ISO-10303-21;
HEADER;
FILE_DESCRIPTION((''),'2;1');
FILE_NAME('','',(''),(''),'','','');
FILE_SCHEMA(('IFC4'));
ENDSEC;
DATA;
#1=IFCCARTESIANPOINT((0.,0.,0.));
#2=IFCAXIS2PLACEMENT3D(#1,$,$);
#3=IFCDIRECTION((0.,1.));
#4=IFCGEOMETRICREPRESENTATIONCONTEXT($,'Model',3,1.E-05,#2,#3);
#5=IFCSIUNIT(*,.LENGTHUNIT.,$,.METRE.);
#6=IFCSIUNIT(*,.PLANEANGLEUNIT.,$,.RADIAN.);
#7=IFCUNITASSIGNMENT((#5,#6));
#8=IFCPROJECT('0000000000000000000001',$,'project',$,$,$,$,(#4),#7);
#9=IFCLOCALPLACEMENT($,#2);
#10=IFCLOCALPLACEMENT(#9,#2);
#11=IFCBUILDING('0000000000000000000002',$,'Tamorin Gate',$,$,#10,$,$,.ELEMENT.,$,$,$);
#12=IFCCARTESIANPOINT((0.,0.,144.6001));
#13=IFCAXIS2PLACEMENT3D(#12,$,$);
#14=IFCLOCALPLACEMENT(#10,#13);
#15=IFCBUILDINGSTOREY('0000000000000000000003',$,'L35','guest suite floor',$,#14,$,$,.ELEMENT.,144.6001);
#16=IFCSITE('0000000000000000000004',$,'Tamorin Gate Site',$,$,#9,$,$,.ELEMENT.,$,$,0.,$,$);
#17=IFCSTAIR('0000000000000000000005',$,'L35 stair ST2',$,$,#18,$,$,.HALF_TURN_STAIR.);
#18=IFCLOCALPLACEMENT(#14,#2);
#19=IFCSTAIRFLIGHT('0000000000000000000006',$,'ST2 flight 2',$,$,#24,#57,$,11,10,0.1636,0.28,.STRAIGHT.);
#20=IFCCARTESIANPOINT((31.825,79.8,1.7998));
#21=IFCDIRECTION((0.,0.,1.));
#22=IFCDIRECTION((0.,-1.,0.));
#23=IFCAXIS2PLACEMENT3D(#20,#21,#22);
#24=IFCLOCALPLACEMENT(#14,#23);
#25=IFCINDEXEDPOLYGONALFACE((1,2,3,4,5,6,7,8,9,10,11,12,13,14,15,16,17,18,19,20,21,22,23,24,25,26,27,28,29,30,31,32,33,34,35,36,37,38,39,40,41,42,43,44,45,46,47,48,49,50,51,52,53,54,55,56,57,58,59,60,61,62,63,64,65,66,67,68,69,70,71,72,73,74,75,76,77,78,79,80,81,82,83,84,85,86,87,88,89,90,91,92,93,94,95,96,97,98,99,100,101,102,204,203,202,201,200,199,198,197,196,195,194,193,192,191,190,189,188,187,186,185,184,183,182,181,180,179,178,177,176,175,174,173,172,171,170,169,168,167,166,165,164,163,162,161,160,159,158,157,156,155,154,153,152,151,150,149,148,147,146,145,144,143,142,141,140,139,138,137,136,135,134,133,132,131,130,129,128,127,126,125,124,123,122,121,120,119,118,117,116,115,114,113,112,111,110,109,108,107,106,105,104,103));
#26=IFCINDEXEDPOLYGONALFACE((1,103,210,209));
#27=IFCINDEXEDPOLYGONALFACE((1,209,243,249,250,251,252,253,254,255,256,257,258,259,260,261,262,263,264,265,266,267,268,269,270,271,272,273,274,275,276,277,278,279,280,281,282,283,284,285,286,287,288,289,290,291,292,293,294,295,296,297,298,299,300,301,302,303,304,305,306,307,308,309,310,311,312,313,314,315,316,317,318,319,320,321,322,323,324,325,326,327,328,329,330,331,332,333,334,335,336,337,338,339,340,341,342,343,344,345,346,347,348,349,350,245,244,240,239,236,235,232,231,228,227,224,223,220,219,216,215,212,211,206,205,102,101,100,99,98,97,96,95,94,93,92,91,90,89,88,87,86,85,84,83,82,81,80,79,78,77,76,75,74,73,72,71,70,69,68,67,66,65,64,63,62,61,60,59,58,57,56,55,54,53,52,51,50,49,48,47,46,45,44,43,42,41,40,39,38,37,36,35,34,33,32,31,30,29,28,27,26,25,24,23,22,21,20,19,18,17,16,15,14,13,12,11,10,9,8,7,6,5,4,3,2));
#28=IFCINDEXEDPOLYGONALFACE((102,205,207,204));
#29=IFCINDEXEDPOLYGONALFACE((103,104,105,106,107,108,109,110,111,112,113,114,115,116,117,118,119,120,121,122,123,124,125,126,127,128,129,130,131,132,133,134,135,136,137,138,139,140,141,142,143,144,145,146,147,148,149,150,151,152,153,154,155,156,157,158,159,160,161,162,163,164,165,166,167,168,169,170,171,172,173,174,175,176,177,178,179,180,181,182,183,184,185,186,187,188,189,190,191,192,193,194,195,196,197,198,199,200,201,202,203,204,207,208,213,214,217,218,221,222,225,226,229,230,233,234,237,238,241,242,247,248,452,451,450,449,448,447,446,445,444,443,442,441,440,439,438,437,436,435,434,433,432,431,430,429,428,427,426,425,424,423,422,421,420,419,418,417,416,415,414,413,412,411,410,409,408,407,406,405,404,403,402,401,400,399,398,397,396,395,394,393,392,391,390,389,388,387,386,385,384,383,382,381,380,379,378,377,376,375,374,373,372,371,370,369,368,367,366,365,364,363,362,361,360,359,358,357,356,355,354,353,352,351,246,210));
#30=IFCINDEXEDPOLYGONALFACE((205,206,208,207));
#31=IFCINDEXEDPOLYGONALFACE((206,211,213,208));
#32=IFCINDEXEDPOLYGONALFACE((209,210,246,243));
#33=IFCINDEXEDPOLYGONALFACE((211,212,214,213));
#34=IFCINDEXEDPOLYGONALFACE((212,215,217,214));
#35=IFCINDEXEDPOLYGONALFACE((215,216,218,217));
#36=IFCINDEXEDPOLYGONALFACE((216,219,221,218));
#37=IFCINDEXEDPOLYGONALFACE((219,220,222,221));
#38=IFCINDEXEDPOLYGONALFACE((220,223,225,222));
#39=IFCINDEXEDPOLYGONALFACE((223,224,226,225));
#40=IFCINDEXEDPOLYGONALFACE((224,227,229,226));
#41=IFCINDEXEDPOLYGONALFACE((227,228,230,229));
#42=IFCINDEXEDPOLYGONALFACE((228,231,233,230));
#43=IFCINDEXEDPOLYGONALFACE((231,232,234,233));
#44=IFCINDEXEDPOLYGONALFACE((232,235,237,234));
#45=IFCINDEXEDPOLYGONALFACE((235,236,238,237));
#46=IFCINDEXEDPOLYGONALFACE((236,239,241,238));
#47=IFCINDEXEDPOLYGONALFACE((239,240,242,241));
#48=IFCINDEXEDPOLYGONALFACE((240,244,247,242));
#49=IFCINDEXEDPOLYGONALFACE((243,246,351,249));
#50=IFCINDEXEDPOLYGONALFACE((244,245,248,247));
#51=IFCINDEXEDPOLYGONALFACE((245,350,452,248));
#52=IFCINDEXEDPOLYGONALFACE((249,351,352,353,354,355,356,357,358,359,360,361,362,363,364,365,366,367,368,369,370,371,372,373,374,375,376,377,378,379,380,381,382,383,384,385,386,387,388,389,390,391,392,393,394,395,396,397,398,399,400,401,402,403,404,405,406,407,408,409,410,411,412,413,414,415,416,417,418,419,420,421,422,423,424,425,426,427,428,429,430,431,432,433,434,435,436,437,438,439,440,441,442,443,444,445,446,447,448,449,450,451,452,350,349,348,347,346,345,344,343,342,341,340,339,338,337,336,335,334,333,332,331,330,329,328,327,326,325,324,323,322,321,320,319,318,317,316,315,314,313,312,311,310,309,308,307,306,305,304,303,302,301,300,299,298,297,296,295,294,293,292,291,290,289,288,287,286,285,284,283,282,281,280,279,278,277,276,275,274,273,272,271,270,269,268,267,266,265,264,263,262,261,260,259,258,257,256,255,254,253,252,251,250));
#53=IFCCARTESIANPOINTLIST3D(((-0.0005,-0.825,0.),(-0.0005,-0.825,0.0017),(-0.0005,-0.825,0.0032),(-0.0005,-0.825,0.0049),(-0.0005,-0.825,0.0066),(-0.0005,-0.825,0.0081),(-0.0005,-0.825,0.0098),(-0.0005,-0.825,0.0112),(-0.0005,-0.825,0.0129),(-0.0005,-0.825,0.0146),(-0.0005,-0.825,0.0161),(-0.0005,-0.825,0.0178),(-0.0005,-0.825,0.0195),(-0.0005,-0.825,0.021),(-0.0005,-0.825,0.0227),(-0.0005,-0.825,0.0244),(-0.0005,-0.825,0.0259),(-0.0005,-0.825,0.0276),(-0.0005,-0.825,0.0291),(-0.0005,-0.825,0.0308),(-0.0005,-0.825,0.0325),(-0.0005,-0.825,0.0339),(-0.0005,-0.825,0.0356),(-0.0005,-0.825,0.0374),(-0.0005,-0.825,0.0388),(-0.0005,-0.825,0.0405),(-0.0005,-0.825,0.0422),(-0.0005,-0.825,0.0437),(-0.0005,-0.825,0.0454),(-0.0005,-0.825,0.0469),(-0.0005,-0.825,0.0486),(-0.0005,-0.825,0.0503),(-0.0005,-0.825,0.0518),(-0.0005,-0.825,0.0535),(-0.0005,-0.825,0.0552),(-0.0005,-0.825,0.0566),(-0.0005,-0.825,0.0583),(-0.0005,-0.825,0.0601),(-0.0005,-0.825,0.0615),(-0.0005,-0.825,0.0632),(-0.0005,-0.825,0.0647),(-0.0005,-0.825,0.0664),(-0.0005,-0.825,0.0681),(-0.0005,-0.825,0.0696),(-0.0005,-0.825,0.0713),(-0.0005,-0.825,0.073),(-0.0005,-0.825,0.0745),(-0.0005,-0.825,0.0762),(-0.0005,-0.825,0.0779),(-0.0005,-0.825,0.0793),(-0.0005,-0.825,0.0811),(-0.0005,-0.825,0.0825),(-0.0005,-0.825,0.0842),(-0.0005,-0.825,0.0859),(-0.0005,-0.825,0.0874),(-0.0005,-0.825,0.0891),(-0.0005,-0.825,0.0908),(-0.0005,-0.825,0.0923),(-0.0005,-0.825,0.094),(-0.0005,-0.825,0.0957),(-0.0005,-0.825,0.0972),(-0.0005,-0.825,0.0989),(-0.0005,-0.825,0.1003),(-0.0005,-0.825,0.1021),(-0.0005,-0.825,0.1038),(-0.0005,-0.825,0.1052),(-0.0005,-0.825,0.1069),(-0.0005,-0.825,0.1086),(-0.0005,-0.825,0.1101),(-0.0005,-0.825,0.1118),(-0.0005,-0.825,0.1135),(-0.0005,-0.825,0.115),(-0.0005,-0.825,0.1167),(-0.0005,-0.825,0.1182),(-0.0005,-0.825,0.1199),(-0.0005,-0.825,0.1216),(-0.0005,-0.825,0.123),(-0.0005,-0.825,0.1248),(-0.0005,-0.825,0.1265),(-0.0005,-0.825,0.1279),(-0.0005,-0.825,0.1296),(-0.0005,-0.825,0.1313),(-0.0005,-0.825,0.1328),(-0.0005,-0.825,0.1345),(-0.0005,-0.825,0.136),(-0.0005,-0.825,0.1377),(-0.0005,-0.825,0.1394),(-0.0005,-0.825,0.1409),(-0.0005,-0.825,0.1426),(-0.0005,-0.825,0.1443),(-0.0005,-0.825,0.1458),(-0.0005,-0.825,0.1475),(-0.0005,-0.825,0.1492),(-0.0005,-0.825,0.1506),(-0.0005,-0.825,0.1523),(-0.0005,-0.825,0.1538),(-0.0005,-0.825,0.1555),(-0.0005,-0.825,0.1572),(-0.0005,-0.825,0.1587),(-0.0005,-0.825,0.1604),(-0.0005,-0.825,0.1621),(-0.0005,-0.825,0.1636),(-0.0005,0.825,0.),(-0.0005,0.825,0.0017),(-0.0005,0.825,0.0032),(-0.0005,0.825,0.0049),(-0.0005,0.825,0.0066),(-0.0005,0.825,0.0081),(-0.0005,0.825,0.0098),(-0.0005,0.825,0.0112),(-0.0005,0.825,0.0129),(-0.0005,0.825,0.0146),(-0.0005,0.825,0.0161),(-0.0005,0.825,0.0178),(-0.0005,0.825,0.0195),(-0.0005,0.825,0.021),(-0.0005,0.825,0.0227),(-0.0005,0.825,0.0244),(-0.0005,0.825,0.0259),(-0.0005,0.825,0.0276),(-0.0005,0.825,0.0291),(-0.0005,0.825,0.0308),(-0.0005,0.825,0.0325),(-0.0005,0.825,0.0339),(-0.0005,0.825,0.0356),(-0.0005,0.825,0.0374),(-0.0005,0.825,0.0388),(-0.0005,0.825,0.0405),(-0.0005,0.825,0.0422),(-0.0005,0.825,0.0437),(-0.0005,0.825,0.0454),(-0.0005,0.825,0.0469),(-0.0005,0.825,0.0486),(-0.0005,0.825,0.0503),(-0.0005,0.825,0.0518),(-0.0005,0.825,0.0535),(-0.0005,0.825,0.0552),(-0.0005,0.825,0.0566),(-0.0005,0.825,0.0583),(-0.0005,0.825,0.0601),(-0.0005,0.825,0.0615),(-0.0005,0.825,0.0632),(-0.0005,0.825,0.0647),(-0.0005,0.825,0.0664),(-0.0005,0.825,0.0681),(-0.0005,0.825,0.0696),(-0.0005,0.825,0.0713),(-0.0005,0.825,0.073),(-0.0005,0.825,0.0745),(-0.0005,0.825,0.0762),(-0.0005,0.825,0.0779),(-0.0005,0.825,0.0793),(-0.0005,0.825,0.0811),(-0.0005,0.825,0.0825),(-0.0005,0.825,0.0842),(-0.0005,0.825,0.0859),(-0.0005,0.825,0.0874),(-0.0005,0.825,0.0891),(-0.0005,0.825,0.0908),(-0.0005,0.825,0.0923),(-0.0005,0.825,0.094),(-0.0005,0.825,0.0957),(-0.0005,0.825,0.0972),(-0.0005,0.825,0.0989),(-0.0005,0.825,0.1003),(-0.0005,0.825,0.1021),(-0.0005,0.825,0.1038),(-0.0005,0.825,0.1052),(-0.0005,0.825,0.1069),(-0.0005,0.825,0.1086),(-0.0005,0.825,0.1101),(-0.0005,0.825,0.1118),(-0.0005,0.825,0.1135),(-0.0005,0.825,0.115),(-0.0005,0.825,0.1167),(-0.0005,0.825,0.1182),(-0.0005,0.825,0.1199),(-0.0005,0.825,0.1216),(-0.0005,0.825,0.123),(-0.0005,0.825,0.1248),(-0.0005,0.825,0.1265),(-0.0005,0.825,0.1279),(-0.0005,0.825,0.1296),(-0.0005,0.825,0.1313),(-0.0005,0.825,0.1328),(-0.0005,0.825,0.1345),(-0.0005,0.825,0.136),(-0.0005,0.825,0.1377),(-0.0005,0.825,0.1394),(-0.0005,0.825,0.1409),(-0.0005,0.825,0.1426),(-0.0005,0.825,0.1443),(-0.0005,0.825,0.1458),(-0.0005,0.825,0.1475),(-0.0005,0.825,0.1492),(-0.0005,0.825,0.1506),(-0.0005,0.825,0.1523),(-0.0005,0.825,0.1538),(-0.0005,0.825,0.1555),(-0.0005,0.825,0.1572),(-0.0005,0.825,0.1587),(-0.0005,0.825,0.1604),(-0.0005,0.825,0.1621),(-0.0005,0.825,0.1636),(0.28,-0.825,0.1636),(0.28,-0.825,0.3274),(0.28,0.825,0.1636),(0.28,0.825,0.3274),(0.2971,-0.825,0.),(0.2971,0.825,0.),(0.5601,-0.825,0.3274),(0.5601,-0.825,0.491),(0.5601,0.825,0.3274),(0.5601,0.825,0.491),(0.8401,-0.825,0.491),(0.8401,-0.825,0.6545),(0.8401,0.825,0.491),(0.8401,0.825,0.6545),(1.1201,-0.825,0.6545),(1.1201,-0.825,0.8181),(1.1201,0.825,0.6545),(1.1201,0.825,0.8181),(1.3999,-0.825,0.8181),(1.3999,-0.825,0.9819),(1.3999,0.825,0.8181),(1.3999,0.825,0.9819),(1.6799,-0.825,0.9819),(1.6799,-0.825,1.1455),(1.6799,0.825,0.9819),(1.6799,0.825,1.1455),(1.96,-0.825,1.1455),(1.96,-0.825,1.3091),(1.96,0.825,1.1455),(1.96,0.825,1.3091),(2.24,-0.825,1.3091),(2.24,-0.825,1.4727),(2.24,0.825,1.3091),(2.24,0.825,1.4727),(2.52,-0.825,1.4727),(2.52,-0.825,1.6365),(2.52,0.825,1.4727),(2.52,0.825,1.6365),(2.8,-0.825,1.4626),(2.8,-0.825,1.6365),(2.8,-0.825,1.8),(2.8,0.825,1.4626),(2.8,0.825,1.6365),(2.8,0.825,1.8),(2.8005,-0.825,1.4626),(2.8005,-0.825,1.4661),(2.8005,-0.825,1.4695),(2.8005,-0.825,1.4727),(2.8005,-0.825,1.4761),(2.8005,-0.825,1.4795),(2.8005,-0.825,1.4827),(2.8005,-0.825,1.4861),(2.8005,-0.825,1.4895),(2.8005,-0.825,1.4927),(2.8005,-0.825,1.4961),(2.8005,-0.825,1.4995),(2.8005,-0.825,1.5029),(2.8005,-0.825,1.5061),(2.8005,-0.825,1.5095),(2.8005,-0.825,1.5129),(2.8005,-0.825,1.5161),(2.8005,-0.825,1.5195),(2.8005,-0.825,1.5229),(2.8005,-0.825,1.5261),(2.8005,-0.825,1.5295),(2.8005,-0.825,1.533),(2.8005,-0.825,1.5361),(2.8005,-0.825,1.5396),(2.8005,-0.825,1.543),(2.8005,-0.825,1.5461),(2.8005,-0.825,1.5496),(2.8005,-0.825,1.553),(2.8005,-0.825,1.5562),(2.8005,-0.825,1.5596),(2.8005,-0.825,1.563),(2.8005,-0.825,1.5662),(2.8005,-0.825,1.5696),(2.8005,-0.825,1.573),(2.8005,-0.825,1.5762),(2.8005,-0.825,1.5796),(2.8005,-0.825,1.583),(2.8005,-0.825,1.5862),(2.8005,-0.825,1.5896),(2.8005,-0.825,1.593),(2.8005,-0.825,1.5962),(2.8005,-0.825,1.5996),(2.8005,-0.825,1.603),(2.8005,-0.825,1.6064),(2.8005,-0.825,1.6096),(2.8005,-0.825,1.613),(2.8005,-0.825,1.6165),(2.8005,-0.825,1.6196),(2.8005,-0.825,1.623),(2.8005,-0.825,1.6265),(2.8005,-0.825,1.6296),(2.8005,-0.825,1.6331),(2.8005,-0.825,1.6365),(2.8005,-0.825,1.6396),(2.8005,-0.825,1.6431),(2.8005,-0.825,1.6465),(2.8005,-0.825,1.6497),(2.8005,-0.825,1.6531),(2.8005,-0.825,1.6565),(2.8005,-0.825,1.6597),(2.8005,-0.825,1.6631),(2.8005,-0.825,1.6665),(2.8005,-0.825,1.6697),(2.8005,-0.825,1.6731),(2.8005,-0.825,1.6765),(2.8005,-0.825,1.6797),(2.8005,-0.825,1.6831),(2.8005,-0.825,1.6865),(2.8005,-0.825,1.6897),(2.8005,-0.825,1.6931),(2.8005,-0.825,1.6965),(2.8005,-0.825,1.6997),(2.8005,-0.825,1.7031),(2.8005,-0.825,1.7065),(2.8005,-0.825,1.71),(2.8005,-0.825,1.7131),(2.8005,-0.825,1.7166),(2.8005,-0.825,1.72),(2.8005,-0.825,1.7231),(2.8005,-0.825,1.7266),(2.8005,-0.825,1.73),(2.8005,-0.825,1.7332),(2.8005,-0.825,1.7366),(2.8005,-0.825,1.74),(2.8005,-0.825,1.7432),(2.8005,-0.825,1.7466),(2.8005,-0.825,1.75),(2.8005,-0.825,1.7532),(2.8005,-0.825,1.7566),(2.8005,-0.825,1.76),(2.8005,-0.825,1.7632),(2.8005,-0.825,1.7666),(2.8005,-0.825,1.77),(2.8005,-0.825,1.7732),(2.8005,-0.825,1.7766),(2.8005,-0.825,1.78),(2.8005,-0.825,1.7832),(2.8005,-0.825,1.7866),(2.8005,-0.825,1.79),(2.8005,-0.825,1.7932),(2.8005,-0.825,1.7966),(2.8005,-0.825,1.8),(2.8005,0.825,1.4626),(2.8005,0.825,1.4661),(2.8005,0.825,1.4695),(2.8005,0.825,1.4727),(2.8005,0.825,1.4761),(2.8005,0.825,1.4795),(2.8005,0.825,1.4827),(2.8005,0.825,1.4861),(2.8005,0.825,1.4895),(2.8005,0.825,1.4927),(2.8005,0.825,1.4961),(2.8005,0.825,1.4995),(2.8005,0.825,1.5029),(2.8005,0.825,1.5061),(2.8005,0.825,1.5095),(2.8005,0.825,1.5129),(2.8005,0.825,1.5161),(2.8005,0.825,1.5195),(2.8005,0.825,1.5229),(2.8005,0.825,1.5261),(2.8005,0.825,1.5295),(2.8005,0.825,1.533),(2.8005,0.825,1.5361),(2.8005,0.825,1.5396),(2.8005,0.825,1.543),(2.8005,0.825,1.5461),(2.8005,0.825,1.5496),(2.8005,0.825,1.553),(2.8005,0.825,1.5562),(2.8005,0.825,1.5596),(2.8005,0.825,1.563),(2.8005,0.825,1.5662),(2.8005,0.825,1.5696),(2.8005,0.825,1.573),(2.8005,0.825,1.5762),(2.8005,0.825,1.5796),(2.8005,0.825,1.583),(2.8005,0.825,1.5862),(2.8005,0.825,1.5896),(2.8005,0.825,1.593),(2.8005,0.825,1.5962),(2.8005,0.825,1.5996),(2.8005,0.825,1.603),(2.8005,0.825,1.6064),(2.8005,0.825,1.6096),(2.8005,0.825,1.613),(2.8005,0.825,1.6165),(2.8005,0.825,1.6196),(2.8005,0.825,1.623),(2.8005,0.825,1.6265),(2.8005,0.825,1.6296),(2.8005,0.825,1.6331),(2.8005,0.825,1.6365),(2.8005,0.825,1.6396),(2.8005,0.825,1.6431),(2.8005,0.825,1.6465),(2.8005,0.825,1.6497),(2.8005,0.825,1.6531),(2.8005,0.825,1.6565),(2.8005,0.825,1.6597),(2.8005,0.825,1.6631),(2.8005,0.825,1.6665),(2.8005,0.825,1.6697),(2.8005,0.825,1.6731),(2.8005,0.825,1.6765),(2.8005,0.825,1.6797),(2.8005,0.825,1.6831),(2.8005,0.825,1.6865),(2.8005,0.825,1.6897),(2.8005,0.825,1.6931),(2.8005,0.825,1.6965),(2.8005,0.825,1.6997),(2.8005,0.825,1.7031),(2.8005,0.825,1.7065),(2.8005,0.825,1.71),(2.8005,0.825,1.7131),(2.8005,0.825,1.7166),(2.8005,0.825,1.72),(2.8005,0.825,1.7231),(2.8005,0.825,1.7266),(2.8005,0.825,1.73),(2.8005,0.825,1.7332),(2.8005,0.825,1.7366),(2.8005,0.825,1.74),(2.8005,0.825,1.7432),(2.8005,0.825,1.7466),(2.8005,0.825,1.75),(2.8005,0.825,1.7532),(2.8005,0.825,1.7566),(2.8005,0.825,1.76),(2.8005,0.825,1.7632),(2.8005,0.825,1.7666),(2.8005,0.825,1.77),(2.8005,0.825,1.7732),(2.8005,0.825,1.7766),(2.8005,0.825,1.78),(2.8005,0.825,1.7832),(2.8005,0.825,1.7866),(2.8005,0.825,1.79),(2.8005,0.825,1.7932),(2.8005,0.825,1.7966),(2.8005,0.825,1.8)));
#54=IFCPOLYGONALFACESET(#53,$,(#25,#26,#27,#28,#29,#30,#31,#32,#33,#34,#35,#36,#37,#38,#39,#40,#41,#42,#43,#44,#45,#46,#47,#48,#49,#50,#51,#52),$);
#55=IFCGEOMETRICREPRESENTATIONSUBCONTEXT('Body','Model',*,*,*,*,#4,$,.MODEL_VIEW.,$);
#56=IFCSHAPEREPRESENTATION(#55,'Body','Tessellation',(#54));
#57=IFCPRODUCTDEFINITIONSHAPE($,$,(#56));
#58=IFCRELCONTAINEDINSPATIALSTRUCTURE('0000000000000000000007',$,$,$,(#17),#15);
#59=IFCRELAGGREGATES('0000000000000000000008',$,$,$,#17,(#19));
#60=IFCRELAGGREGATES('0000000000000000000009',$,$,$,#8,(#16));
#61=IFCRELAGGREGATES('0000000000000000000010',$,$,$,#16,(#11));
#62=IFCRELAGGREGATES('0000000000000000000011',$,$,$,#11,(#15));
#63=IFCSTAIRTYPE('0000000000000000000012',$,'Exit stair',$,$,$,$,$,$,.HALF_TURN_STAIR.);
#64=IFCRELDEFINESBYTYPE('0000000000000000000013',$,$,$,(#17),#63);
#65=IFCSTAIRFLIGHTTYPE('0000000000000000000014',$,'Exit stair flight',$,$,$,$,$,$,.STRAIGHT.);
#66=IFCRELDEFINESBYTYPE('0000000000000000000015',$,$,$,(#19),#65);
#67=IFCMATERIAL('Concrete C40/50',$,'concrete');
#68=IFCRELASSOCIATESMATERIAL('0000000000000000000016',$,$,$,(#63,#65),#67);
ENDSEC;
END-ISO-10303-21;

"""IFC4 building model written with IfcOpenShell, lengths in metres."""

from ifc_helpers import new_model, si_unit, direction, frame, origin, place, context, subcontext, project, spatial, polyline, outline, extrude, material, type_object, element, aggregate, save


model = new_model("IFC4")

# Units and contexts
model_context = context("Model", 3, precision=1e-05, world=origin(), true_north=direction((0.0, 1.0)))
body_context = subcontext(model_context, "Body", "Model", "MODEL_VIEW")
ifc_project = project(units=[si_unit("LENGTHUNIT", "METRE"), si_unit("PLANEANGLEUNIT", "RADIAN")], contexts=[model_context])

# Site, building, storey
site_placement = place(None, origin())
site = spatial("IfcSite", under=ifc_project, at=site_placement, Name="Tamorin Gate Site", CompositionType="ELEMENT", RefElevation=0.0)
building_placement = place(site_placement, origin())
building = spatial("IfcBuilding", under=site, at=building_placement, Name="Tamorin Gate", CompositionType="ELEMENT")
storey_placement = place(building_placement, frame((0.0, 0.0, 144.6001)))
storey = spatial("IfcBuildingStorey", under=building, at=storey_placement, Name="L35", Description="guest suite floor", CompositionType="ELEMENT", Elevation=144.6001)

# Stair, stair flight
ifc_material_1 = material(Name="Concrete C40/50", Category="concrete")
stair_type = type_object("IfcStairType", Name="Exit stair", PredefinedType="HALF_TURN_STAIR", material=ifc_material_1)
stair_placement = place(storey_placement, origin())
stair = element("IfcStair", 1, at=stair_placement, inside=storey, type_object=stair_type, Name="L35 stair ST2", PredefinedType="HALF_TURN_STAIR")
stair_flight_type = type_object("IfcStairFlightType", Name="Exit stair flight", PredefinedType="STRAIGHT", material=ifc_material_1)
stair_flight_placement = place(storey_placement, frame((31.825, 79.8, 1.7998), z_axis=(0.0, 0.0, 1.0), x_axis=(0.0, -1.0, 0.0)))
stair_flight = element("IfcStairFlight", 2, at=stair_flight_placement, type_object=stair_flight_type, Name="ST2 flight 2", NumberOfRisers=11, NumberOfTreads=10, PredefinedType="STRAIGHT", RiserHeight=0.1636, TreadLength=0.28, context=body_context, shape_type="SweptSolid", body=[
    extrude(outline(polyline([(-0.0005, 0.0), (-0.0005, 0.0017), (-0.0005, 0.0032), (-0.0005, 0.0049), (-0.0005, 0.0066), (-0.0005, 0.0081), (-0.0005, 0.0098), (-0.0005, 0.0112), (-0.0005, 0.0129), (-0.0005, 0.0146), (-0.0005, 0.0161), (-0.0005, 0.0178), (-0.0005, 0.0195), (-0.0005, 0.021), (-0.0005, 0.0227), (-0.0005, 0.0244), (-0.0005, 0.0259), (-0.0005, 0.0276), (-0.0005, 0.0291), (-0.0005, 0.0308), (-0.0005, 0.0325), (-0.0005, 0.0339), (-0.0005, 0.0356), (-0.0005, 0.0374), (-0.0005, 0.0388), (-0.0005, 0.0405), (-0.0005, 0.0422), (-0.0005, 0.0437), (-0.0005, 0.0454), (-0.0005, 0.0469), (-0.0005, 0.0486), (-0.0005, 0.0503), (-0.0005, 0.0518), (-0.0005, 0.0535), (-0.0005, 0.0552), (-0.0005, 0.0566), (-0.0005, 0.0583), (-0.0005, 0.0601), (-0.0005, 0.0615), (-0.0005, 0.0632), (-0.0005, 0.0647), (-0.0005, 0.0664), (-0.0005, 0.0681), (-0.0005, 0.0696), (-0.0005, 0.0713), (-0.0005, 0.073), (-0.0005, 0.0745), (-0.0005, 0.0762), (-0.0005, 0.0779), (-0.0005, 0.0793), (-0.0005, 0.0811), (-0.0005, 0.0825), (-0.0005, 0.0842), (-0.0005, 0.0859), (-0.0005, 0.0874), (-0.0005, 0.0891), (-0.0005, 0.0908), (-0.0005, 0.0923), (-0.0005, 0.094), (-0.0005, 0.0957), (-0.0005, 0.0972), (-0.0005, 0.0989), (-0.0005, 0.1003), (-0.0005, 0.1021), (-0.0005, 0.1038), (-0.0005, 0.1052), (-0.0005, 0.1069), (-0.0005, 0.1086), (-0.0005, 0.1101), (-0.0005, 0.1118), (-0.0005, 0.1135), (-0.0005, 0.115), (-0.0005, 0.1167), (-0.0005, 0.1182), (-0.0005, 0.1199), (-0.0005, 0.1216), (-0.0005, 0.123), (-0.0005, 0.1248), (-0.0005, 0.1265), (-0.0005, 0.1279), (-0.0005, 0.1296), (-0.0005, 0.1313), (-0.0005, 0.1328), (-0.0005, 0.1345), (-0.0005, 0.136), (-0.0005, 0.1377), (-0.0005, 0.1394), (-0.0005, 0.1409), (-0.0005, 0.1426), (-0.0005, 0.1443), (-0.0005, 0.1458), (-0.0005, 0.1475), (-0.0005, 0.1492), (-0.0005, 0.1506), (-0.0005, 0.1523), (-0.0005, 0.1538), (-0.0005, 0.1555), (-0.0005, 0.1572), (-0.0005, 0.1587), (-0.0005, 0.1604), (-0.0005, 0.1621), (-0.0005, 0.1636), (0.28, 0.1636), (0.28, 0.3274), (0.5601, 0.3274), (0.5601, 0.491), (0.8401, 0.491), (0.8401, 0.6545), (1.1201, 0.6545), (1.1201, 0.8181), (1.3999, 0.8181), (1.3999, 0.9819), (1.6799, 0.9819), (1.6799, 1.1455), (1.96, 1.1455), (1.96, 1.3091), (2.24, 1.3091), (2.24, 1.4727), (2.52, 1.4727), (2.52, 1.6365), (2.8, 1.6365), (2.8, 1.8), (2.8005, 1.8), (2.8005, 1.7966), (2.8005, 1.7932), (2.8005, 1.79), (2.8005, 1.7866), (2.8005, 1.7832), (2.8005, 1.78), (2.8005, 1.7766), (2.8005, 1.7732), (2.8005, 1.77), (2.8005, 1.7666), (2.8005, 1.7632), (2.8005, 1.76), (2.8005, 1.7566), (2.8005, 1.7532), (2.8005, 1.75), (2.8005, 1.7466), (2.8005, 1.7432), (2.8005, 1.74), (2.8005, 1.7366), (2.8005, 1.7332), (2.8005, 1.73), (2.8005, 1.7266), (2.8005, 1.7231), (2.8005, 1.72), (2.8005, 1.7166), (2.8005, 1.7131), (2.8005, 1.71), (2.8005, 1.7065), (2.8005, 1.7031), (2.8005, 1.6997), (2.8005, 1.6965), (2.8005, 1.6931), (2.8005, 1.6897), (2.8005, 1.6865), (2.8005, 1.6831), (2.8005, 1.6797), (2.8005, 1.6765), (2.8005, 1.6731), (2.8005, 1.6697), (2.8005, 1.6665), (2.8005, 1.6631), (2.8005, 1.6597), (2.8005, 1.6565), (2.8005, 1.6531), (2.8005, 1.6497), (2.8005, 1.6465), (2.8005, 1.6431), (2.8005, 1.6396), (2.8005, 1.6365), (2.8005, 1.6331), (2.8005, 1.6296), (2.8005, 1.6265), (2.8005, 1.623), (2.8005, 1.6196), (2.8005, 1.6165), (2.8005, 1.613), (2.8005, 1.6096), (2.8005, 1.6064), (2.8005, 1.603), (2.8005, 1.5996), (2.8005, 1.5962), (2.8005, 1.593), (2.8005, 1.5896), (2.8005, 1.5862), (2.8005, 1.583), (2.8005, 1.5796), (2.8005, 1.5762), (2.8005, 1.573), (2.8005, 1.5696), (2.8005, 1.5662), (2.8005, 1.563), (2.8005, 1.5596), (2.8005, 1.5562), (2.8005, 1.553), (2.8005, 1.5496), (2.8005, 1.5461), (2.8005, 1.543), (2.8005, 1.5396), (2.8005, 1.5361), (2.8005, 1.533), (2.8005, 1.5295), (2.8005, 1.5261), (2.8005, 1.5229), (2.8005, 1.5195), (2.8005, 1.5161), (2.8005, 1.5129), (2.8005, 1.5095), (2.8005, 1.5061), (2.8005, 1.5029), (2.8005, 1.4995), (2.8005, 1.4961), (2.8005, 1.4927), (2.8005, 1.4895), (2.8005, 1.4861), (2.8005, 1.4827), (2.8005, 1.4795), (2.8005, 1.4761), (2.8005, 1.4727), (2.8005, 1.4695), (2.8005, 1.4661), (2.8005, 1.4626), (2.8, 1.4626), (0.2971, 0.0), (-0.0005, 0.0)])), frame((0.0, 0.825, 0.0), z_axis=(0.0, -1.0, 0.0), x_axis=(1.0, 0.0, 0.0)), (0.0, 0.0, 1.0), 1.6499),
])
aggregate(stair, [stair_flight])

save(model, "model.ifc")
